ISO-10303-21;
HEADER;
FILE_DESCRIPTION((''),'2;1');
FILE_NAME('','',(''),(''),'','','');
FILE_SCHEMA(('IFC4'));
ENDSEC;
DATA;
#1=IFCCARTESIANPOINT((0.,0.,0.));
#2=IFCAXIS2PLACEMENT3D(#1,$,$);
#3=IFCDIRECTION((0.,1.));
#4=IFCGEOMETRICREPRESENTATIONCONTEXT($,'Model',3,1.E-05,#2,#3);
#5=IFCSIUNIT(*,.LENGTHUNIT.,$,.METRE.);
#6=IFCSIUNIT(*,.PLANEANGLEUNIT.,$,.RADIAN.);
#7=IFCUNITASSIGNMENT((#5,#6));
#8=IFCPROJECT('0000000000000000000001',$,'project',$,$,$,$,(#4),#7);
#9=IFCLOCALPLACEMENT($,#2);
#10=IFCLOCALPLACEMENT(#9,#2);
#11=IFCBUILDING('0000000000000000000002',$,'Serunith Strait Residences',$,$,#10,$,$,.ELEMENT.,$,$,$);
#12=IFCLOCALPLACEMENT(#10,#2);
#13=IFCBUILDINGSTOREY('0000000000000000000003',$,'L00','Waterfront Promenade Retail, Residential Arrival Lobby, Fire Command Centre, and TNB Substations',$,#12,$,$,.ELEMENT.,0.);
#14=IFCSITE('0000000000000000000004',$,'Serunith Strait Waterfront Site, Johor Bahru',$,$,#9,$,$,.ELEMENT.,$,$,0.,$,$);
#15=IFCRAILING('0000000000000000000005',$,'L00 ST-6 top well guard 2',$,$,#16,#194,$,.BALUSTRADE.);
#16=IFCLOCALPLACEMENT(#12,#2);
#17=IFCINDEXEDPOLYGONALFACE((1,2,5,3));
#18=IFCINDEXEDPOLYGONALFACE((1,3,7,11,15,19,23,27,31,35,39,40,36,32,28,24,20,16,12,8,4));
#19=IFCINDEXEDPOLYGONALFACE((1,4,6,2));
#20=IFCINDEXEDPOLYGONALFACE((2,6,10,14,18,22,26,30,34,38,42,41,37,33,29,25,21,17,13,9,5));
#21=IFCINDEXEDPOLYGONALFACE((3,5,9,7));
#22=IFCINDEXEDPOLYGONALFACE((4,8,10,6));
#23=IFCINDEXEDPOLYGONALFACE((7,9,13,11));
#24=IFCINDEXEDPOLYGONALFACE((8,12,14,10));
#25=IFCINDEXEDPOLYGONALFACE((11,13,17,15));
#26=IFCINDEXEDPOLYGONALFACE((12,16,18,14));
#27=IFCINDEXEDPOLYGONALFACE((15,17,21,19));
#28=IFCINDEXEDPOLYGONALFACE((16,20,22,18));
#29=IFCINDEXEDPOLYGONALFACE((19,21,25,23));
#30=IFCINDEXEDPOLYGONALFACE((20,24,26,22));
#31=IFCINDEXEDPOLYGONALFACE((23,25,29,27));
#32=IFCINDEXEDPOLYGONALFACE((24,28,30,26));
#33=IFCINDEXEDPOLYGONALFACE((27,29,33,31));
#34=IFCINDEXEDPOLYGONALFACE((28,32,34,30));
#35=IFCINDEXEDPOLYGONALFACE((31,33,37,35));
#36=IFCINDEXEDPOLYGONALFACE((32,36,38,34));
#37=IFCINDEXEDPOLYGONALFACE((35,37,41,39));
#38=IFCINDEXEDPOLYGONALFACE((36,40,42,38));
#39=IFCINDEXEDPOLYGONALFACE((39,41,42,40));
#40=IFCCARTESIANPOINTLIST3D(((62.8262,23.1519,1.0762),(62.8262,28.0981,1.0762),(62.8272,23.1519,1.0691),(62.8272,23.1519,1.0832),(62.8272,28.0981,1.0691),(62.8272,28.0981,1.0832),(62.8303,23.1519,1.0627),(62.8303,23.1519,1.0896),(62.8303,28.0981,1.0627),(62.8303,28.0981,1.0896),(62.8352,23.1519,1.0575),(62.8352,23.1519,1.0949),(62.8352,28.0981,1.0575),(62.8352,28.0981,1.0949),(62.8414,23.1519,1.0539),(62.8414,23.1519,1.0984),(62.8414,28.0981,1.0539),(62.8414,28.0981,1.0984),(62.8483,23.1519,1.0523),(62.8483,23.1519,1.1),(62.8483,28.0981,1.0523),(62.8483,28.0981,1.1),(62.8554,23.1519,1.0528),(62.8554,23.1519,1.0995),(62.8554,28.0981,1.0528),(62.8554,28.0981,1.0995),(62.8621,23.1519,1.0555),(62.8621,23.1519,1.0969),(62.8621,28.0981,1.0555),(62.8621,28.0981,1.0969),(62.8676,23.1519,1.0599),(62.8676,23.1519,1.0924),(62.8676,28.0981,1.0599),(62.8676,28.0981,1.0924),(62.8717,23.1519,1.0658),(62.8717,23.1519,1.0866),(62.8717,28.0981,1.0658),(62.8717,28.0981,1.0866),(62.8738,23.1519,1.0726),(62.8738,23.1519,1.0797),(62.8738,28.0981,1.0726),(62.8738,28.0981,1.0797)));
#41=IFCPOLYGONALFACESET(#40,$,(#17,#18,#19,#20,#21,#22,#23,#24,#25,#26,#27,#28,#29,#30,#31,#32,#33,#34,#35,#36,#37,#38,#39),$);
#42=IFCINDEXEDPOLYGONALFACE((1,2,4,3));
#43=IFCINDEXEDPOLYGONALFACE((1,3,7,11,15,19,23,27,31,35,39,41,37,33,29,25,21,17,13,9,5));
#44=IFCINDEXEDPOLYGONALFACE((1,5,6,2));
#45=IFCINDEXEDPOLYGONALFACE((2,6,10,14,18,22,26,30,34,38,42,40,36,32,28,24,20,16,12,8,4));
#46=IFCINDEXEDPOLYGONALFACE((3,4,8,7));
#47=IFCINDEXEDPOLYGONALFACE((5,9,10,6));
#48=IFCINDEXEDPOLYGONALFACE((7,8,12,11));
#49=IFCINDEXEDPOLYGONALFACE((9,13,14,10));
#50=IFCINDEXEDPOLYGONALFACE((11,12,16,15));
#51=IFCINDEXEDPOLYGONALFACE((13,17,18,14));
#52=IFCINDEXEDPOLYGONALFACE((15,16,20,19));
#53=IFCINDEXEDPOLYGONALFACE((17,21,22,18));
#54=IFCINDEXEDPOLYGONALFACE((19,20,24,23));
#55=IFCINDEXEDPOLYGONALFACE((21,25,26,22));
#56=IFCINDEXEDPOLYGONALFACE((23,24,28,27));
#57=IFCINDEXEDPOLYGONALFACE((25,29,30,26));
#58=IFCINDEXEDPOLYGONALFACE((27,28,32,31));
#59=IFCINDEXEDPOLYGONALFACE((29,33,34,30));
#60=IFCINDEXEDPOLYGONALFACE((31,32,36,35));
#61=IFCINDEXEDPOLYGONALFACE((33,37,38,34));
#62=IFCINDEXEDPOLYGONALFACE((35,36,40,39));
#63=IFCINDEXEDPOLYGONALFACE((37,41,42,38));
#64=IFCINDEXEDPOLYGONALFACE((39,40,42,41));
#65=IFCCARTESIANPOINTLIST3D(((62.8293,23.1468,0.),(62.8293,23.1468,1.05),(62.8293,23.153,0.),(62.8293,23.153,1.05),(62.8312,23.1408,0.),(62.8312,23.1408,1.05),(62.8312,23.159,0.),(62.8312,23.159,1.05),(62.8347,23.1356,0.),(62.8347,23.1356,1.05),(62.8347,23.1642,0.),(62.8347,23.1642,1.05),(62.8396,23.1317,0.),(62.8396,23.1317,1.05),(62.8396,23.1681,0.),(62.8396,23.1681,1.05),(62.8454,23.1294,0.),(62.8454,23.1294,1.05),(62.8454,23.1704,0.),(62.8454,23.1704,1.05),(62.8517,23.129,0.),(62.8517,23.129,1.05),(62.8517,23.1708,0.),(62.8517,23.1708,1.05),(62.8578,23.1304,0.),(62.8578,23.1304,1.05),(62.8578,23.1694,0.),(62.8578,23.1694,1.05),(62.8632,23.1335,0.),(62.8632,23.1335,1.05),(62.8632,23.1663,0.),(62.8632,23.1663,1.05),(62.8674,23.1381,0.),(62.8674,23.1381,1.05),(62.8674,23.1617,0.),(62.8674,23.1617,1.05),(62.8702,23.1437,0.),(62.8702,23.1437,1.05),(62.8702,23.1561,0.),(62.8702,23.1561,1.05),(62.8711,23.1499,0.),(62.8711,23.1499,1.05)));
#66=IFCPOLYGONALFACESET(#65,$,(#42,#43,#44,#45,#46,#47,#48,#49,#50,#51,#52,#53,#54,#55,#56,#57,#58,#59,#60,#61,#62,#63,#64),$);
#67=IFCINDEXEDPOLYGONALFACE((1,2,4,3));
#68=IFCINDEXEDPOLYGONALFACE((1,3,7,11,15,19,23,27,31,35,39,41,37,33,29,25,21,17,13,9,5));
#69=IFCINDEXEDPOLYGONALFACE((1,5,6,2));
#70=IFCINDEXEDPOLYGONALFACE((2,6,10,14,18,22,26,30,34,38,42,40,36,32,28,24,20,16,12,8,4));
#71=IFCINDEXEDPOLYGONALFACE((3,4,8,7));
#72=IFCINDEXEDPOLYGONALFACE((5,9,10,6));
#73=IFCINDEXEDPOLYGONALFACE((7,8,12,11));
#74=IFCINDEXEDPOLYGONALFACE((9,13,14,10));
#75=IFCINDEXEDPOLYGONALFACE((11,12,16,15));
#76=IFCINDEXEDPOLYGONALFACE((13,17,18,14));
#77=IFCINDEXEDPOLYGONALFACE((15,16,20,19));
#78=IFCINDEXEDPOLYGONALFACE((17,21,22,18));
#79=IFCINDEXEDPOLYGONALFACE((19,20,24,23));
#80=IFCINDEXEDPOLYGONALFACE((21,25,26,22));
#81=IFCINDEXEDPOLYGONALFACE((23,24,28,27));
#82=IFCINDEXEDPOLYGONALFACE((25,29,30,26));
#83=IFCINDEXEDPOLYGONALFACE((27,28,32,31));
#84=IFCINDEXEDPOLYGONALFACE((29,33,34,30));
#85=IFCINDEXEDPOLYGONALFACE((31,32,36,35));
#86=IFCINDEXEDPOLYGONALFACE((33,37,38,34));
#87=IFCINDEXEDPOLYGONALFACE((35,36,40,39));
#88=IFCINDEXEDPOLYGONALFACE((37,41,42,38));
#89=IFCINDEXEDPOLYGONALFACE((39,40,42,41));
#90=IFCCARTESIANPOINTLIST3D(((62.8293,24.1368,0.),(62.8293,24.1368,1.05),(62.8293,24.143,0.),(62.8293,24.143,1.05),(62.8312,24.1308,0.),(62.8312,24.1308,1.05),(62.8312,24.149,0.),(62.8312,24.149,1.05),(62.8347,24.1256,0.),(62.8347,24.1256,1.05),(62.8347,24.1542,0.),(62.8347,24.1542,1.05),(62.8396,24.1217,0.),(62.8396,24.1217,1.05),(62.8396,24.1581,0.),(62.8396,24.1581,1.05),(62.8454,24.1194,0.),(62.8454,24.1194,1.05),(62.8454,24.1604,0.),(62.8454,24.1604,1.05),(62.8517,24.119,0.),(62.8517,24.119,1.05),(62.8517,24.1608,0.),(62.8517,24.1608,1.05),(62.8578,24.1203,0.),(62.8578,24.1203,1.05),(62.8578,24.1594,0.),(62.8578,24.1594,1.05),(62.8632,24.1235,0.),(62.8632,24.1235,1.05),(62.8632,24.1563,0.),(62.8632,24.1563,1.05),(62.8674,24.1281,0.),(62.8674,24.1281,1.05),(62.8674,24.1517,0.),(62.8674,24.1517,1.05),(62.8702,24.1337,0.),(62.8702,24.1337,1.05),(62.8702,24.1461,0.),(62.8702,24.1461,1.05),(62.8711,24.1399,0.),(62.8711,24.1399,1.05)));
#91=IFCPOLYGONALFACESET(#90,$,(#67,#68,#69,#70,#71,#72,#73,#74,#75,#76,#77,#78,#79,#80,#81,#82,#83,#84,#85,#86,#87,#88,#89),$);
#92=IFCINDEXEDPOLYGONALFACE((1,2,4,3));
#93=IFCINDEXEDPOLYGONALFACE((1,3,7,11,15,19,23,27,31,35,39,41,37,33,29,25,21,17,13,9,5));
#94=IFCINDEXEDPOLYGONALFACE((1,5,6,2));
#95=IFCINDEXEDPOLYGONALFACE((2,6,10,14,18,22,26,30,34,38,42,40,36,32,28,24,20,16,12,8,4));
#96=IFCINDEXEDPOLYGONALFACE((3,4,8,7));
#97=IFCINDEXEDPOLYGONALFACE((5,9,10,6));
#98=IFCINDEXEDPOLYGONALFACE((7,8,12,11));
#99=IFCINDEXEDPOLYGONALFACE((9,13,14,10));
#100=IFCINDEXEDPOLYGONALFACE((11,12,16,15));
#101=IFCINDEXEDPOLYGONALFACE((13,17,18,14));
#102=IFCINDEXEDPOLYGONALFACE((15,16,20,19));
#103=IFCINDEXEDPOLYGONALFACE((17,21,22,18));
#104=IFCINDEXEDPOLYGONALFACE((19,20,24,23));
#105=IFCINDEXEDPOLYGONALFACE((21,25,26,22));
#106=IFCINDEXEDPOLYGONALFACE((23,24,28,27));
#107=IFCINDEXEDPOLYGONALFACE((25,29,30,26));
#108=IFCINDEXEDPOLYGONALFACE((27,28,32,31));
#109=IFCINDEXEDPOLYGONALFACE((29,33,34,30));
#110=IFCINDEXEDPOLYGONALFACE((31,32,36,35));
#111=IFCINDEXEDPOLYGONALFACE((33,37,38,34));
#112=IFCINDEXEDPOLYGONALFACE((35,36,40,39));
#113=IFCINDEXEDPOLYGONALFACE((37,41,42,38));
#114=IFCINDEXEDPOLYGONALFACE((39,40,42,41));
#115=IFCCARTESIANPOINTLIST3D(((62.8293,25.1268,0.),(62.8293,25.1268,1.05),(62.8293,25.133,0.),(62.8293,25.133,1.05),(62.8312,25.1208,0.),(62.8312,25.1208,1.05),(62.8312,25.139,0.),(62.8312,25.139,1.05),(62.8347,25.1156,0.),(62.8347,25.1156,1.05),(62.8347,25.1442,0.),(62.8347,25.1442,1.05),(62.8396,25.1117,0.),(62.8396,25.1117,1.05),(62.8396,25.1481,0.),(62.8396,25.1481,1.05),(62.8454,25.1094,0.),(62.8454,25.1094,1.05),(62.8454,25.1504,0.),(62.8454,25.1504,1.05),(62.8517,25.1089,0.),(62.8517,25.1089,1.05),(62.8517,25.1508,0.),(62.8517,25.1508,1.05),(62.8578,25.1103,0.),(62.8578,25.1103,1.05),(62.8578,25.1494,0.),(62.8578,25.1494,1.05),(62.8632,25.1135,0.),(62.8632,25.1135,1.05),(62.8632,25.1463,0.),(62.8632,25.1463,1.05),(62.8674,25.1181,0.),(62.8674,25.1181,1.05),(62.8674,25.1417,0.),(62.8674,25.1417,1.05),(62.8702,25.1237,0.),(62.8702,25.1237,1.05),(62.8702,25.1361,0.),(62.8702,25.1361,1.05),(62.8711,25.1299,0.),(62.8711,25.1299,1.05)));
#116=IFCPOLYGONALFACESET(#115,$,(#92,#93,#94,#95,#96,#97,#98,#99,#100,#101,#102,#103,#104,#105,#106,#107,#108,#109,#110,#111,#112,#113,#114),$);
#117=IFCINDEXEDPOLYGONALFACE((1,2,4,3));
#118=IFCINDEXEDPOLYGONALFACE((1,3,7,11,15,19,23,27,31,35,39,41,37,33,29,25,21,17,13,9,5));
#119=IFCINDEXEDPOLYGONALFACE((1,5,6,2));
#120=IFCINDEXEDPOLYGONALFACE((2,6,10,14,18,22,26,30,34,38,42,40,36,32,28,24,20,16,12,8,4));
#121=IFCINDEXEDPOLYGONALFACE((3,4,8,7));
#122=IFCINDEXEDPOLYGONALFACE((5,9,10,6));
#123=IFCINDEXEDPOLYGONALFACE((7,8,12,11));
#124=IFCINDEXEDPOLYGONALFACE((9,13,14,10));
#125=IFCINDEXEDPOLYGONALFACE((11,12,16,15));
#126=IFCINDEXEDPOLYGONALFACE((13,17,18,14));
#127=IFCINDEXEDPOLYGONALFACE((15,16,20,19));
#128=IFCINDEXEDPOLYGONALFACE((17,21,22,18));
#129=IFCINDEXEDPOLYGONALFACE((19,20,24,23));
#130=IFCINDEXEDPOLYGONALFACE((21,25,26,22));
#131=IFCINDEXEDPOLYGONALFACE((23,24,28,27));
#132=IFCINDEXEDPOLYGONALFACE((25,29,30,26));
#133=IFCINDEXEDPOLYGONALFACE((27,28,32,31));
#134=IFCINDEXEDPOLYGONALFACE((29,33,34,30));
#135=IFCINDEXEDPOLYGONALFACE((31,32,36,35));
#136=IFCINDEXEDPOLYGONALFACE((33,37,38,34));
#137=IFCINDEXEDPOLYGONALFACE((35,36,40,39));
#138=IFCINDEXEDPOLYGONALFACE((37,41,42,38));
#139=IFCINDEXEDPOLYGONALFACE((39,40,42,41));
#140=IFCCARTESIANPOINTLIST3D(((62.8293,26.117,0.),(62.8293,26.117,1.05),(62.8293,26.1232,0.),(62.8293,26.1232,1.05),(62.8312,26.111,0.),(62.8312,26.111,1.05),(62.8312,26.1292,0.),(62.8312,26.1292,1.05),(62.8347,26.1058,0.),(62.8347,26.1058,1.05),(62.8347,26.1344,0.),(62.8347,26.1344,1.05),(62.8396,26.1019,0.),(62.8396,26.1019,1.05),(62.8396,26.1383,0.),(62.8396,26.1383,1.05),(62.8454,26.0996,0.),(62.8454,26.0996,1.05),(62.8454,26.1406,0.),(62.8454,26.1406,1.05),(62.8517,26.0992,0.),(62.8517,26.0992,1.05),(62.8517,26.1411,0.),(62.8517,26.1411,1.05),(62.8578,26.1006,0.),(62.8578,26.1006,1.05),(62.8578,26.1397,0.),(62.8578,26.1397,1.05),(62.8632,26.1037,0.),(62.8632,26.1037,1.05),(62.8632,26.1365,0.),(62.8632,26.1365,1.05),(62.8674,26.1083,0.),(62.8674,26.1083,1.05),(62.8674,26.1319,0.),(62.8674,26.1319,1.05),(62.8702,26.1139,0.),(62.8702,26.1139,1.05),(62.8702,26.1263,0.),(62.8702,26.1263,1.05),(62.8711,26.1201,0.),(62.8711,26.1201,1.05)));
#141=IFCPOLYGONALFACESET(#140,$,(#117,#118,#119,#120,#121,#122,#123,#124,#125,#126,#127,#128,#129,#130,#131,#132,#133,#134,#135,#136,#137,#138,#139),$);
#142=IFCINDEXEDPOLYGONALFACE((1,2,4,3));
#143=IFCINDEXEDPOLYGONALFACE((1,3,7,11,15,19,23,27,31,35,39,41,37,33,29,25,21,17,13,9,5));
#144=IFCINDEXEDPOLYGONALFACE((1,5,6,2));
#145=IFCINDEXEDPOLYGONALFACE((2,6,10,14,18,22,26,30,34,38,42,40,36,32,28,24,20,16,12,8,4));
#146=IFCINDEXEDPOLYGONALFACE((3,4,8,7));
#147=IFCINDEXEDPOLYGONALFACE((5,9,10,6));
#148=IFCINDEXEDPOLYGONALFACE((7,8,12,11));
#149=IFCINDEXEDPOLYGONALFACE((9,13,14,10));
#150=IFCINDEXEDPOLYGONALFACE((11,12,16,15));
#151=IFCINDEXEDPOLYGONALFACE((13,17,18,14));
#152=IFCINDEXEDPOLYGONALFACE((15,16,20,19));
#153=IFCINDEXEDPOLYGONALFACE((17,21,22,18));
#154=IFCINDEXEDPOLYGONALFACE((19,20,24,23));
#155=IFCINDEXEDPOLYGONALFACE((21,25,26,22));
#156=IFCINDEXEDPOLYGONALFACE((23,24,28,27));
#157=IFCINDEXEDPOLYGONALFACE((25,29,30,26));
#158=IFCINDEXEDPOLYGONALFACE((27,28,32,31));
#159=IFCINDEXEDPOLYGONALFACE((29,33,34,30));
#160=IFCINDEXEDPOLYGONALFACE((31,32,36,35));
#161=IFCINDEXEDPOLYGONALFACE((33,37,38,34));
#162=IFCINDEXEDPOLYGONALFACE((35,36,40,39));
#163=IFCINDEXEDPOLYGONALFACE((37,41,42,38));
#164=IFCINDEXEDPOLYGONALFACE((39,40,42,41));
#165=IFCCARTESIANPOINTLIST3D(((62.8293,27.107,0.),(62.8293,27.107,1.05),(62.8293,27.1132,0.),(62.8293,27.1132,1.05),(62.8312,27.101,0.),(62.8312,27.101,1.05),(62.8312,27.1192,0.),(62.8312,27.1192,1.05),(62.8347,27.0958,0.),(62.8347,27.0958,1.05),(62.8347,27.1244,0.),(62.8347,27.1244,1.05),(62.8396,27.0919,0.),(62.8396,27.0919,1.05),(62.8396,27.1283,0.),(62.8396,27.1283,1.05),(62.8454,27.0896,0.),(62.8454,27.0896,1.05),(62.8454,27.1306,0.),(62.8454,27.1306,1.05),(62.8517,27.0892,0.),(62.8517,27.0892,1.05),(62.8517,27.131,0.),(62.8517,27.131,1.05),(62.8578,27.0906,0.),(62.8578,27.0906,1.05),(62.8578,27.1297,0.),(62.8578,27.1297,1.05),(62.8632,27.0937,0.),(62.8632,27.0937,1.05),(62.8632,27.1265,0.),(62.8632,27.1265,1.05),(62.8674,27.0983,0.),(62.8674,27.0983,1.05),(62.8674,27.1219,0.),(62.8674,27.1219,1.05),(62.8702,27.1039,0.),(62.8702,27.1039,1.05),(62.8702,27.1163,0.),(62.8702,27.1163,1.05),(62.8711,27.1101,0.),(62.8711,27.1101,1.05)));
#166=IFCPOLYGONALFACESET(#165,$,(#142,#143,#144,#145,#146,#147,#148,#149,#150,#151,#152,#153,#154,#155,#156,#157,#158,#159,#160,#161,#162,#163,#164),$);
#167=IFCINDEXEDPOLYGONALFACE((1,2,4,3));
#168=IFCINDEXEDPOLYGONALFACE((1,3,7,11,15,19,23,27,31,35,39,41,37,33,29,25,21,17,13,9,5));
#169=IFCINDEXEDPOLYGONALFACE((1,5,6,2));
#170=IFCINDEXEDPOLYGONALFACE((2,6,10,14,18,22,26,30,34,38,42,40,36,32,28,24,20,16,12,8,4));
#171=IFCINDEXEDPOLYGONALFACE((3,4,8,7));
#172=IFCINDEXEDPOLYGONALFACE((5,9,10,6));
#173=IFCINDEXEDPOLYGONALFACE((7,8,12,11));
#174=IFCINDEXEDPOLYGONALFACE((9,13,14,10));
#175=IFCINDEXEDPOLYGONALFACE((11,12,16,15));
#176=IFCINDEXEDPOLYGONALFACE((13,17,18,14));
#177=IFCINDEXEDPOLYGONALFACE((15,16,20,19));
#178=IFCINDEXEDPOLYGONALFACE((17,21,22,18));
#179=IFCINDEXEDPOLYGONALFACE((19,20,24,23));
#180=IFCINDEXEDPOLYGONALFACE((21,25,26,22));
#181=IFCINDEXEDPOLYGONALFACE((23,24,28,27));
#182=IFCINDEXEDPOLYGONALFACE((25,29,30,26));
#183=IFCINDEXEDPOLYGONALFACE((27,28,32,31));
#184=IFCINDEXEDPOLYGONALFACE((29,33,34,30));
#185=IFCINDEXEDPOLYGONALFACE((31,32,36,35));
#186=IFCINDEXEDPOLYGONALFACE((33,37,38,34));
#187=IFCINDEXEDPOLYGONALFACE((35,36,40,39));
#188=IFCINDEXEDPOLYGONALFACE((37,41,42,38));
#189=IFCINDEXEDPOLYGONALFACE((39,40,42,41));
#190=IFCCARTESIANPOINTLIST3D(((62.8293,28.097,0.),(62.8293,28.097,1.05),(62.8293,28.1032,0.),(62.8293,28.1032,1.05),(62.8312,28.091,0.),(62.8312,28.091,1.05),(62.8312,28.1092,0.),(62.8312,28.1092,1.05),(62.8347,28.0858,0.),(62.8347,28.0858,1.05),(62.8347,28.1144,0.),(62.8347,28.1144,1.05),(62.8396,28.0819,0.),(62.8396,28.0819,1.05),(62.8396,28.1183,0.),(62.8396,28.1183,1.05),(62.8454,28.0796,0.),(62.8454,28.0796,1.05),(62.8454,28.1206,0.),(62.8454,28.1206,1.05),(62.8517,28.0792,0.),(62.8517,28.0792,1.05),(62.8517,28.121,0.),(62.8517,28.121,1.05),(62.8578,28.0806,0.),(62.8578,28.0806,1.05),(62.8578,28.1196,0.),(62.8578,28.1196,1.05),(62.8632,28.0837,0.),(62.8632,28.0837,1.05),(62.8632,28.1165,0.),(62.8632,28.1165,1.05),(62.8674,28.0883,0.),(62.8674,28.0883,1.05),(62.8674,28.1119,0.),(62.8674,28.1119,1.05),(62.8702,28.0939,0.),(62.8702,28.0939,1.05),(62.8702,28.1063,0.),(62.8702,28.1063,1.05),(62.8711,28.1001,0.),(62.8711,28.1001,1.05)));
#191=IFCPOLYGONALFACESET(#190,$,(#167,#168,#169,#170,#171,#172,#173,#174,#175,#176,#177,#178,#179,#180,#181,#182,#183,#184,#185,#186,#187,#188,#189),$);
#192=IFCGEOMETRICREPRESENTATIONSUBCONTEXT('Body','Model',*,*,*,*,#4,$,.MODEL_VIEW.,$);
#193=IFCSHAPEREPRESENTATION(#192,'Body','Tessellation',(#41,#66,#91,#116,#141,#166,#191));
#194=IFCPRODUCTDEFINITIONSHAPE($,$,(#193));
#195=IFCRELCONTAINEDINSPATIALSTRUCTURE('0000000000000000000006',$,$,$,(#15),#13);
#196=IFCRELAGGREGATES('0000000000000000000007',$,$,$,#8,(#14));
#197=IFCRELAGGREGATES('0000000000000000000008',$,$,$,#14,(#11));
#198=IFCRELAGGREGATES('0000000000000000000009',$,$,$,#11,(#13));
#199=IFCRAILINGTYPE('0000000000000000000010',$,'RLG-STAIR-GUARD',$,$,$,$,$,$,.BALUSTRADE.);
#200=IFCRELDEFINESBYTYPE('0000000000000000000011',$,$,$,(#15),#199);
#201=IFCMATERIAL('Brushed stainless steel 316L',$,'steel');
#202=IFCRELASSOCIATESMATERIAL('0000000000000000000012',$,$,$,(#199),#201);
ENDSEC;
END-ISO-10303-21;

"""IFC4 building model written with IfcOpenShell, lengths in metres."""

from ifc_helpers import new_model, si_unit, direction, frame, origin, origin_2d, place, context, subcontext, project, spatial, circle, extrude, material, type_object, element, save


model = new_model("IFC4")

# Units and contexts
model_context = context("Model", 3, precision=1e-05, world=origin(), true_north=direction((0.0, 1.0)))
body_context = subcontext(model_context, "Body", "Model", "MODEL_VIEW")
ifc_project = project(units=[si_unit("LENGTHUNIT", "METRE"), si_unit("PLANEANGLEUNIT", "RADIAN")], contexts=[model_context])

# Site, building, storey
site_placement = place(None, origin())
site = spatial("IfcSite", under=ifc_project, at=site_placement, Name="Serunith Strait Waterfront Site, Johor Bahru", CompositionType="ELEMENT", RefElevation=0.0)
building_placement = place(site_placement, origin())
building = spatial("IfcBuilding", under=site, at=building_placement, Name="Serunith Strait Residences", CompositionType="ELEMENT")
storey_placement = place(building_placement, origin())
storey = spatial("IfcBuildingStorey", under=building, at=storey_placement, Name="L00", Description="Waterfront Promenade Retail, Residential Arrival Lobby, Fire Command Centre, and TNB Substations", CompositionType="ELEMENT", Elevation=0.0)

# Railing
ifc_material_1 = material(Name="Brushed stainless steel 316L", Category="steel")
railing_type_1 = type_object("IfcRailingType", Name="RLG-STAIR-GUARD", PredefinedType="BALUSTRADE", material=ifc_material_1)
for number, where, name in (
    (1, (62.8501, 23.1499, 0.0), "L00 ST-6 top well guard 2"),
):
    element("IfcRailing", number, at=place(storey_placement, frame(where)), inside=storey, type_object=railing_type_1, Name=name, PredefinedType="BALUSTRADE", context=body_context, shape_type="SweptSolid", body=[
        extrude(circle(Radius=0.0239, at=origin_2d()), frame((0.0, 0.002, 1.0762), z_axis=(0.0, 1.0, 0.0), x_axis=(-1.0, 0.0, 0.0)), (0.0, 0.0, 1.0), 4.9463),
        extrude(circle(Radius=0.021, at=origin_2d()), origin(), (0.0, 0.0, 1.0), 1.05),
        extrude(circle(Radius=0.021, at=origin_2d()), frame((0.0, 0.99, 0.0)), (0.0, 0.0, 1.0), 1.05),
        extrude(circle(Radius=0.021, at=origin_2d()), frame((0.0, 1.98, 0.0)), (0.0, 0.0, 1.0), 1.05),
        extrude(circle(Radius=0.021, at=origin_2d()), frame((0.0, 2.9702, 0.0)), (0.0, 0.0, 1.0), 1.05),
        extrude(circle(Radius=0.021, at=origin_2d()), frame((0.0, 3.9602, 0.0)), (0.0, 0.0, 1.0), 1.05),
        extrude(circle(Radius=0.021, at=origin_2d()), frame((0.0, 4.9502, 0.0)), (0.0, 0.0, 1.0), 1.05),
    ])

save(model, "model.ifc")
